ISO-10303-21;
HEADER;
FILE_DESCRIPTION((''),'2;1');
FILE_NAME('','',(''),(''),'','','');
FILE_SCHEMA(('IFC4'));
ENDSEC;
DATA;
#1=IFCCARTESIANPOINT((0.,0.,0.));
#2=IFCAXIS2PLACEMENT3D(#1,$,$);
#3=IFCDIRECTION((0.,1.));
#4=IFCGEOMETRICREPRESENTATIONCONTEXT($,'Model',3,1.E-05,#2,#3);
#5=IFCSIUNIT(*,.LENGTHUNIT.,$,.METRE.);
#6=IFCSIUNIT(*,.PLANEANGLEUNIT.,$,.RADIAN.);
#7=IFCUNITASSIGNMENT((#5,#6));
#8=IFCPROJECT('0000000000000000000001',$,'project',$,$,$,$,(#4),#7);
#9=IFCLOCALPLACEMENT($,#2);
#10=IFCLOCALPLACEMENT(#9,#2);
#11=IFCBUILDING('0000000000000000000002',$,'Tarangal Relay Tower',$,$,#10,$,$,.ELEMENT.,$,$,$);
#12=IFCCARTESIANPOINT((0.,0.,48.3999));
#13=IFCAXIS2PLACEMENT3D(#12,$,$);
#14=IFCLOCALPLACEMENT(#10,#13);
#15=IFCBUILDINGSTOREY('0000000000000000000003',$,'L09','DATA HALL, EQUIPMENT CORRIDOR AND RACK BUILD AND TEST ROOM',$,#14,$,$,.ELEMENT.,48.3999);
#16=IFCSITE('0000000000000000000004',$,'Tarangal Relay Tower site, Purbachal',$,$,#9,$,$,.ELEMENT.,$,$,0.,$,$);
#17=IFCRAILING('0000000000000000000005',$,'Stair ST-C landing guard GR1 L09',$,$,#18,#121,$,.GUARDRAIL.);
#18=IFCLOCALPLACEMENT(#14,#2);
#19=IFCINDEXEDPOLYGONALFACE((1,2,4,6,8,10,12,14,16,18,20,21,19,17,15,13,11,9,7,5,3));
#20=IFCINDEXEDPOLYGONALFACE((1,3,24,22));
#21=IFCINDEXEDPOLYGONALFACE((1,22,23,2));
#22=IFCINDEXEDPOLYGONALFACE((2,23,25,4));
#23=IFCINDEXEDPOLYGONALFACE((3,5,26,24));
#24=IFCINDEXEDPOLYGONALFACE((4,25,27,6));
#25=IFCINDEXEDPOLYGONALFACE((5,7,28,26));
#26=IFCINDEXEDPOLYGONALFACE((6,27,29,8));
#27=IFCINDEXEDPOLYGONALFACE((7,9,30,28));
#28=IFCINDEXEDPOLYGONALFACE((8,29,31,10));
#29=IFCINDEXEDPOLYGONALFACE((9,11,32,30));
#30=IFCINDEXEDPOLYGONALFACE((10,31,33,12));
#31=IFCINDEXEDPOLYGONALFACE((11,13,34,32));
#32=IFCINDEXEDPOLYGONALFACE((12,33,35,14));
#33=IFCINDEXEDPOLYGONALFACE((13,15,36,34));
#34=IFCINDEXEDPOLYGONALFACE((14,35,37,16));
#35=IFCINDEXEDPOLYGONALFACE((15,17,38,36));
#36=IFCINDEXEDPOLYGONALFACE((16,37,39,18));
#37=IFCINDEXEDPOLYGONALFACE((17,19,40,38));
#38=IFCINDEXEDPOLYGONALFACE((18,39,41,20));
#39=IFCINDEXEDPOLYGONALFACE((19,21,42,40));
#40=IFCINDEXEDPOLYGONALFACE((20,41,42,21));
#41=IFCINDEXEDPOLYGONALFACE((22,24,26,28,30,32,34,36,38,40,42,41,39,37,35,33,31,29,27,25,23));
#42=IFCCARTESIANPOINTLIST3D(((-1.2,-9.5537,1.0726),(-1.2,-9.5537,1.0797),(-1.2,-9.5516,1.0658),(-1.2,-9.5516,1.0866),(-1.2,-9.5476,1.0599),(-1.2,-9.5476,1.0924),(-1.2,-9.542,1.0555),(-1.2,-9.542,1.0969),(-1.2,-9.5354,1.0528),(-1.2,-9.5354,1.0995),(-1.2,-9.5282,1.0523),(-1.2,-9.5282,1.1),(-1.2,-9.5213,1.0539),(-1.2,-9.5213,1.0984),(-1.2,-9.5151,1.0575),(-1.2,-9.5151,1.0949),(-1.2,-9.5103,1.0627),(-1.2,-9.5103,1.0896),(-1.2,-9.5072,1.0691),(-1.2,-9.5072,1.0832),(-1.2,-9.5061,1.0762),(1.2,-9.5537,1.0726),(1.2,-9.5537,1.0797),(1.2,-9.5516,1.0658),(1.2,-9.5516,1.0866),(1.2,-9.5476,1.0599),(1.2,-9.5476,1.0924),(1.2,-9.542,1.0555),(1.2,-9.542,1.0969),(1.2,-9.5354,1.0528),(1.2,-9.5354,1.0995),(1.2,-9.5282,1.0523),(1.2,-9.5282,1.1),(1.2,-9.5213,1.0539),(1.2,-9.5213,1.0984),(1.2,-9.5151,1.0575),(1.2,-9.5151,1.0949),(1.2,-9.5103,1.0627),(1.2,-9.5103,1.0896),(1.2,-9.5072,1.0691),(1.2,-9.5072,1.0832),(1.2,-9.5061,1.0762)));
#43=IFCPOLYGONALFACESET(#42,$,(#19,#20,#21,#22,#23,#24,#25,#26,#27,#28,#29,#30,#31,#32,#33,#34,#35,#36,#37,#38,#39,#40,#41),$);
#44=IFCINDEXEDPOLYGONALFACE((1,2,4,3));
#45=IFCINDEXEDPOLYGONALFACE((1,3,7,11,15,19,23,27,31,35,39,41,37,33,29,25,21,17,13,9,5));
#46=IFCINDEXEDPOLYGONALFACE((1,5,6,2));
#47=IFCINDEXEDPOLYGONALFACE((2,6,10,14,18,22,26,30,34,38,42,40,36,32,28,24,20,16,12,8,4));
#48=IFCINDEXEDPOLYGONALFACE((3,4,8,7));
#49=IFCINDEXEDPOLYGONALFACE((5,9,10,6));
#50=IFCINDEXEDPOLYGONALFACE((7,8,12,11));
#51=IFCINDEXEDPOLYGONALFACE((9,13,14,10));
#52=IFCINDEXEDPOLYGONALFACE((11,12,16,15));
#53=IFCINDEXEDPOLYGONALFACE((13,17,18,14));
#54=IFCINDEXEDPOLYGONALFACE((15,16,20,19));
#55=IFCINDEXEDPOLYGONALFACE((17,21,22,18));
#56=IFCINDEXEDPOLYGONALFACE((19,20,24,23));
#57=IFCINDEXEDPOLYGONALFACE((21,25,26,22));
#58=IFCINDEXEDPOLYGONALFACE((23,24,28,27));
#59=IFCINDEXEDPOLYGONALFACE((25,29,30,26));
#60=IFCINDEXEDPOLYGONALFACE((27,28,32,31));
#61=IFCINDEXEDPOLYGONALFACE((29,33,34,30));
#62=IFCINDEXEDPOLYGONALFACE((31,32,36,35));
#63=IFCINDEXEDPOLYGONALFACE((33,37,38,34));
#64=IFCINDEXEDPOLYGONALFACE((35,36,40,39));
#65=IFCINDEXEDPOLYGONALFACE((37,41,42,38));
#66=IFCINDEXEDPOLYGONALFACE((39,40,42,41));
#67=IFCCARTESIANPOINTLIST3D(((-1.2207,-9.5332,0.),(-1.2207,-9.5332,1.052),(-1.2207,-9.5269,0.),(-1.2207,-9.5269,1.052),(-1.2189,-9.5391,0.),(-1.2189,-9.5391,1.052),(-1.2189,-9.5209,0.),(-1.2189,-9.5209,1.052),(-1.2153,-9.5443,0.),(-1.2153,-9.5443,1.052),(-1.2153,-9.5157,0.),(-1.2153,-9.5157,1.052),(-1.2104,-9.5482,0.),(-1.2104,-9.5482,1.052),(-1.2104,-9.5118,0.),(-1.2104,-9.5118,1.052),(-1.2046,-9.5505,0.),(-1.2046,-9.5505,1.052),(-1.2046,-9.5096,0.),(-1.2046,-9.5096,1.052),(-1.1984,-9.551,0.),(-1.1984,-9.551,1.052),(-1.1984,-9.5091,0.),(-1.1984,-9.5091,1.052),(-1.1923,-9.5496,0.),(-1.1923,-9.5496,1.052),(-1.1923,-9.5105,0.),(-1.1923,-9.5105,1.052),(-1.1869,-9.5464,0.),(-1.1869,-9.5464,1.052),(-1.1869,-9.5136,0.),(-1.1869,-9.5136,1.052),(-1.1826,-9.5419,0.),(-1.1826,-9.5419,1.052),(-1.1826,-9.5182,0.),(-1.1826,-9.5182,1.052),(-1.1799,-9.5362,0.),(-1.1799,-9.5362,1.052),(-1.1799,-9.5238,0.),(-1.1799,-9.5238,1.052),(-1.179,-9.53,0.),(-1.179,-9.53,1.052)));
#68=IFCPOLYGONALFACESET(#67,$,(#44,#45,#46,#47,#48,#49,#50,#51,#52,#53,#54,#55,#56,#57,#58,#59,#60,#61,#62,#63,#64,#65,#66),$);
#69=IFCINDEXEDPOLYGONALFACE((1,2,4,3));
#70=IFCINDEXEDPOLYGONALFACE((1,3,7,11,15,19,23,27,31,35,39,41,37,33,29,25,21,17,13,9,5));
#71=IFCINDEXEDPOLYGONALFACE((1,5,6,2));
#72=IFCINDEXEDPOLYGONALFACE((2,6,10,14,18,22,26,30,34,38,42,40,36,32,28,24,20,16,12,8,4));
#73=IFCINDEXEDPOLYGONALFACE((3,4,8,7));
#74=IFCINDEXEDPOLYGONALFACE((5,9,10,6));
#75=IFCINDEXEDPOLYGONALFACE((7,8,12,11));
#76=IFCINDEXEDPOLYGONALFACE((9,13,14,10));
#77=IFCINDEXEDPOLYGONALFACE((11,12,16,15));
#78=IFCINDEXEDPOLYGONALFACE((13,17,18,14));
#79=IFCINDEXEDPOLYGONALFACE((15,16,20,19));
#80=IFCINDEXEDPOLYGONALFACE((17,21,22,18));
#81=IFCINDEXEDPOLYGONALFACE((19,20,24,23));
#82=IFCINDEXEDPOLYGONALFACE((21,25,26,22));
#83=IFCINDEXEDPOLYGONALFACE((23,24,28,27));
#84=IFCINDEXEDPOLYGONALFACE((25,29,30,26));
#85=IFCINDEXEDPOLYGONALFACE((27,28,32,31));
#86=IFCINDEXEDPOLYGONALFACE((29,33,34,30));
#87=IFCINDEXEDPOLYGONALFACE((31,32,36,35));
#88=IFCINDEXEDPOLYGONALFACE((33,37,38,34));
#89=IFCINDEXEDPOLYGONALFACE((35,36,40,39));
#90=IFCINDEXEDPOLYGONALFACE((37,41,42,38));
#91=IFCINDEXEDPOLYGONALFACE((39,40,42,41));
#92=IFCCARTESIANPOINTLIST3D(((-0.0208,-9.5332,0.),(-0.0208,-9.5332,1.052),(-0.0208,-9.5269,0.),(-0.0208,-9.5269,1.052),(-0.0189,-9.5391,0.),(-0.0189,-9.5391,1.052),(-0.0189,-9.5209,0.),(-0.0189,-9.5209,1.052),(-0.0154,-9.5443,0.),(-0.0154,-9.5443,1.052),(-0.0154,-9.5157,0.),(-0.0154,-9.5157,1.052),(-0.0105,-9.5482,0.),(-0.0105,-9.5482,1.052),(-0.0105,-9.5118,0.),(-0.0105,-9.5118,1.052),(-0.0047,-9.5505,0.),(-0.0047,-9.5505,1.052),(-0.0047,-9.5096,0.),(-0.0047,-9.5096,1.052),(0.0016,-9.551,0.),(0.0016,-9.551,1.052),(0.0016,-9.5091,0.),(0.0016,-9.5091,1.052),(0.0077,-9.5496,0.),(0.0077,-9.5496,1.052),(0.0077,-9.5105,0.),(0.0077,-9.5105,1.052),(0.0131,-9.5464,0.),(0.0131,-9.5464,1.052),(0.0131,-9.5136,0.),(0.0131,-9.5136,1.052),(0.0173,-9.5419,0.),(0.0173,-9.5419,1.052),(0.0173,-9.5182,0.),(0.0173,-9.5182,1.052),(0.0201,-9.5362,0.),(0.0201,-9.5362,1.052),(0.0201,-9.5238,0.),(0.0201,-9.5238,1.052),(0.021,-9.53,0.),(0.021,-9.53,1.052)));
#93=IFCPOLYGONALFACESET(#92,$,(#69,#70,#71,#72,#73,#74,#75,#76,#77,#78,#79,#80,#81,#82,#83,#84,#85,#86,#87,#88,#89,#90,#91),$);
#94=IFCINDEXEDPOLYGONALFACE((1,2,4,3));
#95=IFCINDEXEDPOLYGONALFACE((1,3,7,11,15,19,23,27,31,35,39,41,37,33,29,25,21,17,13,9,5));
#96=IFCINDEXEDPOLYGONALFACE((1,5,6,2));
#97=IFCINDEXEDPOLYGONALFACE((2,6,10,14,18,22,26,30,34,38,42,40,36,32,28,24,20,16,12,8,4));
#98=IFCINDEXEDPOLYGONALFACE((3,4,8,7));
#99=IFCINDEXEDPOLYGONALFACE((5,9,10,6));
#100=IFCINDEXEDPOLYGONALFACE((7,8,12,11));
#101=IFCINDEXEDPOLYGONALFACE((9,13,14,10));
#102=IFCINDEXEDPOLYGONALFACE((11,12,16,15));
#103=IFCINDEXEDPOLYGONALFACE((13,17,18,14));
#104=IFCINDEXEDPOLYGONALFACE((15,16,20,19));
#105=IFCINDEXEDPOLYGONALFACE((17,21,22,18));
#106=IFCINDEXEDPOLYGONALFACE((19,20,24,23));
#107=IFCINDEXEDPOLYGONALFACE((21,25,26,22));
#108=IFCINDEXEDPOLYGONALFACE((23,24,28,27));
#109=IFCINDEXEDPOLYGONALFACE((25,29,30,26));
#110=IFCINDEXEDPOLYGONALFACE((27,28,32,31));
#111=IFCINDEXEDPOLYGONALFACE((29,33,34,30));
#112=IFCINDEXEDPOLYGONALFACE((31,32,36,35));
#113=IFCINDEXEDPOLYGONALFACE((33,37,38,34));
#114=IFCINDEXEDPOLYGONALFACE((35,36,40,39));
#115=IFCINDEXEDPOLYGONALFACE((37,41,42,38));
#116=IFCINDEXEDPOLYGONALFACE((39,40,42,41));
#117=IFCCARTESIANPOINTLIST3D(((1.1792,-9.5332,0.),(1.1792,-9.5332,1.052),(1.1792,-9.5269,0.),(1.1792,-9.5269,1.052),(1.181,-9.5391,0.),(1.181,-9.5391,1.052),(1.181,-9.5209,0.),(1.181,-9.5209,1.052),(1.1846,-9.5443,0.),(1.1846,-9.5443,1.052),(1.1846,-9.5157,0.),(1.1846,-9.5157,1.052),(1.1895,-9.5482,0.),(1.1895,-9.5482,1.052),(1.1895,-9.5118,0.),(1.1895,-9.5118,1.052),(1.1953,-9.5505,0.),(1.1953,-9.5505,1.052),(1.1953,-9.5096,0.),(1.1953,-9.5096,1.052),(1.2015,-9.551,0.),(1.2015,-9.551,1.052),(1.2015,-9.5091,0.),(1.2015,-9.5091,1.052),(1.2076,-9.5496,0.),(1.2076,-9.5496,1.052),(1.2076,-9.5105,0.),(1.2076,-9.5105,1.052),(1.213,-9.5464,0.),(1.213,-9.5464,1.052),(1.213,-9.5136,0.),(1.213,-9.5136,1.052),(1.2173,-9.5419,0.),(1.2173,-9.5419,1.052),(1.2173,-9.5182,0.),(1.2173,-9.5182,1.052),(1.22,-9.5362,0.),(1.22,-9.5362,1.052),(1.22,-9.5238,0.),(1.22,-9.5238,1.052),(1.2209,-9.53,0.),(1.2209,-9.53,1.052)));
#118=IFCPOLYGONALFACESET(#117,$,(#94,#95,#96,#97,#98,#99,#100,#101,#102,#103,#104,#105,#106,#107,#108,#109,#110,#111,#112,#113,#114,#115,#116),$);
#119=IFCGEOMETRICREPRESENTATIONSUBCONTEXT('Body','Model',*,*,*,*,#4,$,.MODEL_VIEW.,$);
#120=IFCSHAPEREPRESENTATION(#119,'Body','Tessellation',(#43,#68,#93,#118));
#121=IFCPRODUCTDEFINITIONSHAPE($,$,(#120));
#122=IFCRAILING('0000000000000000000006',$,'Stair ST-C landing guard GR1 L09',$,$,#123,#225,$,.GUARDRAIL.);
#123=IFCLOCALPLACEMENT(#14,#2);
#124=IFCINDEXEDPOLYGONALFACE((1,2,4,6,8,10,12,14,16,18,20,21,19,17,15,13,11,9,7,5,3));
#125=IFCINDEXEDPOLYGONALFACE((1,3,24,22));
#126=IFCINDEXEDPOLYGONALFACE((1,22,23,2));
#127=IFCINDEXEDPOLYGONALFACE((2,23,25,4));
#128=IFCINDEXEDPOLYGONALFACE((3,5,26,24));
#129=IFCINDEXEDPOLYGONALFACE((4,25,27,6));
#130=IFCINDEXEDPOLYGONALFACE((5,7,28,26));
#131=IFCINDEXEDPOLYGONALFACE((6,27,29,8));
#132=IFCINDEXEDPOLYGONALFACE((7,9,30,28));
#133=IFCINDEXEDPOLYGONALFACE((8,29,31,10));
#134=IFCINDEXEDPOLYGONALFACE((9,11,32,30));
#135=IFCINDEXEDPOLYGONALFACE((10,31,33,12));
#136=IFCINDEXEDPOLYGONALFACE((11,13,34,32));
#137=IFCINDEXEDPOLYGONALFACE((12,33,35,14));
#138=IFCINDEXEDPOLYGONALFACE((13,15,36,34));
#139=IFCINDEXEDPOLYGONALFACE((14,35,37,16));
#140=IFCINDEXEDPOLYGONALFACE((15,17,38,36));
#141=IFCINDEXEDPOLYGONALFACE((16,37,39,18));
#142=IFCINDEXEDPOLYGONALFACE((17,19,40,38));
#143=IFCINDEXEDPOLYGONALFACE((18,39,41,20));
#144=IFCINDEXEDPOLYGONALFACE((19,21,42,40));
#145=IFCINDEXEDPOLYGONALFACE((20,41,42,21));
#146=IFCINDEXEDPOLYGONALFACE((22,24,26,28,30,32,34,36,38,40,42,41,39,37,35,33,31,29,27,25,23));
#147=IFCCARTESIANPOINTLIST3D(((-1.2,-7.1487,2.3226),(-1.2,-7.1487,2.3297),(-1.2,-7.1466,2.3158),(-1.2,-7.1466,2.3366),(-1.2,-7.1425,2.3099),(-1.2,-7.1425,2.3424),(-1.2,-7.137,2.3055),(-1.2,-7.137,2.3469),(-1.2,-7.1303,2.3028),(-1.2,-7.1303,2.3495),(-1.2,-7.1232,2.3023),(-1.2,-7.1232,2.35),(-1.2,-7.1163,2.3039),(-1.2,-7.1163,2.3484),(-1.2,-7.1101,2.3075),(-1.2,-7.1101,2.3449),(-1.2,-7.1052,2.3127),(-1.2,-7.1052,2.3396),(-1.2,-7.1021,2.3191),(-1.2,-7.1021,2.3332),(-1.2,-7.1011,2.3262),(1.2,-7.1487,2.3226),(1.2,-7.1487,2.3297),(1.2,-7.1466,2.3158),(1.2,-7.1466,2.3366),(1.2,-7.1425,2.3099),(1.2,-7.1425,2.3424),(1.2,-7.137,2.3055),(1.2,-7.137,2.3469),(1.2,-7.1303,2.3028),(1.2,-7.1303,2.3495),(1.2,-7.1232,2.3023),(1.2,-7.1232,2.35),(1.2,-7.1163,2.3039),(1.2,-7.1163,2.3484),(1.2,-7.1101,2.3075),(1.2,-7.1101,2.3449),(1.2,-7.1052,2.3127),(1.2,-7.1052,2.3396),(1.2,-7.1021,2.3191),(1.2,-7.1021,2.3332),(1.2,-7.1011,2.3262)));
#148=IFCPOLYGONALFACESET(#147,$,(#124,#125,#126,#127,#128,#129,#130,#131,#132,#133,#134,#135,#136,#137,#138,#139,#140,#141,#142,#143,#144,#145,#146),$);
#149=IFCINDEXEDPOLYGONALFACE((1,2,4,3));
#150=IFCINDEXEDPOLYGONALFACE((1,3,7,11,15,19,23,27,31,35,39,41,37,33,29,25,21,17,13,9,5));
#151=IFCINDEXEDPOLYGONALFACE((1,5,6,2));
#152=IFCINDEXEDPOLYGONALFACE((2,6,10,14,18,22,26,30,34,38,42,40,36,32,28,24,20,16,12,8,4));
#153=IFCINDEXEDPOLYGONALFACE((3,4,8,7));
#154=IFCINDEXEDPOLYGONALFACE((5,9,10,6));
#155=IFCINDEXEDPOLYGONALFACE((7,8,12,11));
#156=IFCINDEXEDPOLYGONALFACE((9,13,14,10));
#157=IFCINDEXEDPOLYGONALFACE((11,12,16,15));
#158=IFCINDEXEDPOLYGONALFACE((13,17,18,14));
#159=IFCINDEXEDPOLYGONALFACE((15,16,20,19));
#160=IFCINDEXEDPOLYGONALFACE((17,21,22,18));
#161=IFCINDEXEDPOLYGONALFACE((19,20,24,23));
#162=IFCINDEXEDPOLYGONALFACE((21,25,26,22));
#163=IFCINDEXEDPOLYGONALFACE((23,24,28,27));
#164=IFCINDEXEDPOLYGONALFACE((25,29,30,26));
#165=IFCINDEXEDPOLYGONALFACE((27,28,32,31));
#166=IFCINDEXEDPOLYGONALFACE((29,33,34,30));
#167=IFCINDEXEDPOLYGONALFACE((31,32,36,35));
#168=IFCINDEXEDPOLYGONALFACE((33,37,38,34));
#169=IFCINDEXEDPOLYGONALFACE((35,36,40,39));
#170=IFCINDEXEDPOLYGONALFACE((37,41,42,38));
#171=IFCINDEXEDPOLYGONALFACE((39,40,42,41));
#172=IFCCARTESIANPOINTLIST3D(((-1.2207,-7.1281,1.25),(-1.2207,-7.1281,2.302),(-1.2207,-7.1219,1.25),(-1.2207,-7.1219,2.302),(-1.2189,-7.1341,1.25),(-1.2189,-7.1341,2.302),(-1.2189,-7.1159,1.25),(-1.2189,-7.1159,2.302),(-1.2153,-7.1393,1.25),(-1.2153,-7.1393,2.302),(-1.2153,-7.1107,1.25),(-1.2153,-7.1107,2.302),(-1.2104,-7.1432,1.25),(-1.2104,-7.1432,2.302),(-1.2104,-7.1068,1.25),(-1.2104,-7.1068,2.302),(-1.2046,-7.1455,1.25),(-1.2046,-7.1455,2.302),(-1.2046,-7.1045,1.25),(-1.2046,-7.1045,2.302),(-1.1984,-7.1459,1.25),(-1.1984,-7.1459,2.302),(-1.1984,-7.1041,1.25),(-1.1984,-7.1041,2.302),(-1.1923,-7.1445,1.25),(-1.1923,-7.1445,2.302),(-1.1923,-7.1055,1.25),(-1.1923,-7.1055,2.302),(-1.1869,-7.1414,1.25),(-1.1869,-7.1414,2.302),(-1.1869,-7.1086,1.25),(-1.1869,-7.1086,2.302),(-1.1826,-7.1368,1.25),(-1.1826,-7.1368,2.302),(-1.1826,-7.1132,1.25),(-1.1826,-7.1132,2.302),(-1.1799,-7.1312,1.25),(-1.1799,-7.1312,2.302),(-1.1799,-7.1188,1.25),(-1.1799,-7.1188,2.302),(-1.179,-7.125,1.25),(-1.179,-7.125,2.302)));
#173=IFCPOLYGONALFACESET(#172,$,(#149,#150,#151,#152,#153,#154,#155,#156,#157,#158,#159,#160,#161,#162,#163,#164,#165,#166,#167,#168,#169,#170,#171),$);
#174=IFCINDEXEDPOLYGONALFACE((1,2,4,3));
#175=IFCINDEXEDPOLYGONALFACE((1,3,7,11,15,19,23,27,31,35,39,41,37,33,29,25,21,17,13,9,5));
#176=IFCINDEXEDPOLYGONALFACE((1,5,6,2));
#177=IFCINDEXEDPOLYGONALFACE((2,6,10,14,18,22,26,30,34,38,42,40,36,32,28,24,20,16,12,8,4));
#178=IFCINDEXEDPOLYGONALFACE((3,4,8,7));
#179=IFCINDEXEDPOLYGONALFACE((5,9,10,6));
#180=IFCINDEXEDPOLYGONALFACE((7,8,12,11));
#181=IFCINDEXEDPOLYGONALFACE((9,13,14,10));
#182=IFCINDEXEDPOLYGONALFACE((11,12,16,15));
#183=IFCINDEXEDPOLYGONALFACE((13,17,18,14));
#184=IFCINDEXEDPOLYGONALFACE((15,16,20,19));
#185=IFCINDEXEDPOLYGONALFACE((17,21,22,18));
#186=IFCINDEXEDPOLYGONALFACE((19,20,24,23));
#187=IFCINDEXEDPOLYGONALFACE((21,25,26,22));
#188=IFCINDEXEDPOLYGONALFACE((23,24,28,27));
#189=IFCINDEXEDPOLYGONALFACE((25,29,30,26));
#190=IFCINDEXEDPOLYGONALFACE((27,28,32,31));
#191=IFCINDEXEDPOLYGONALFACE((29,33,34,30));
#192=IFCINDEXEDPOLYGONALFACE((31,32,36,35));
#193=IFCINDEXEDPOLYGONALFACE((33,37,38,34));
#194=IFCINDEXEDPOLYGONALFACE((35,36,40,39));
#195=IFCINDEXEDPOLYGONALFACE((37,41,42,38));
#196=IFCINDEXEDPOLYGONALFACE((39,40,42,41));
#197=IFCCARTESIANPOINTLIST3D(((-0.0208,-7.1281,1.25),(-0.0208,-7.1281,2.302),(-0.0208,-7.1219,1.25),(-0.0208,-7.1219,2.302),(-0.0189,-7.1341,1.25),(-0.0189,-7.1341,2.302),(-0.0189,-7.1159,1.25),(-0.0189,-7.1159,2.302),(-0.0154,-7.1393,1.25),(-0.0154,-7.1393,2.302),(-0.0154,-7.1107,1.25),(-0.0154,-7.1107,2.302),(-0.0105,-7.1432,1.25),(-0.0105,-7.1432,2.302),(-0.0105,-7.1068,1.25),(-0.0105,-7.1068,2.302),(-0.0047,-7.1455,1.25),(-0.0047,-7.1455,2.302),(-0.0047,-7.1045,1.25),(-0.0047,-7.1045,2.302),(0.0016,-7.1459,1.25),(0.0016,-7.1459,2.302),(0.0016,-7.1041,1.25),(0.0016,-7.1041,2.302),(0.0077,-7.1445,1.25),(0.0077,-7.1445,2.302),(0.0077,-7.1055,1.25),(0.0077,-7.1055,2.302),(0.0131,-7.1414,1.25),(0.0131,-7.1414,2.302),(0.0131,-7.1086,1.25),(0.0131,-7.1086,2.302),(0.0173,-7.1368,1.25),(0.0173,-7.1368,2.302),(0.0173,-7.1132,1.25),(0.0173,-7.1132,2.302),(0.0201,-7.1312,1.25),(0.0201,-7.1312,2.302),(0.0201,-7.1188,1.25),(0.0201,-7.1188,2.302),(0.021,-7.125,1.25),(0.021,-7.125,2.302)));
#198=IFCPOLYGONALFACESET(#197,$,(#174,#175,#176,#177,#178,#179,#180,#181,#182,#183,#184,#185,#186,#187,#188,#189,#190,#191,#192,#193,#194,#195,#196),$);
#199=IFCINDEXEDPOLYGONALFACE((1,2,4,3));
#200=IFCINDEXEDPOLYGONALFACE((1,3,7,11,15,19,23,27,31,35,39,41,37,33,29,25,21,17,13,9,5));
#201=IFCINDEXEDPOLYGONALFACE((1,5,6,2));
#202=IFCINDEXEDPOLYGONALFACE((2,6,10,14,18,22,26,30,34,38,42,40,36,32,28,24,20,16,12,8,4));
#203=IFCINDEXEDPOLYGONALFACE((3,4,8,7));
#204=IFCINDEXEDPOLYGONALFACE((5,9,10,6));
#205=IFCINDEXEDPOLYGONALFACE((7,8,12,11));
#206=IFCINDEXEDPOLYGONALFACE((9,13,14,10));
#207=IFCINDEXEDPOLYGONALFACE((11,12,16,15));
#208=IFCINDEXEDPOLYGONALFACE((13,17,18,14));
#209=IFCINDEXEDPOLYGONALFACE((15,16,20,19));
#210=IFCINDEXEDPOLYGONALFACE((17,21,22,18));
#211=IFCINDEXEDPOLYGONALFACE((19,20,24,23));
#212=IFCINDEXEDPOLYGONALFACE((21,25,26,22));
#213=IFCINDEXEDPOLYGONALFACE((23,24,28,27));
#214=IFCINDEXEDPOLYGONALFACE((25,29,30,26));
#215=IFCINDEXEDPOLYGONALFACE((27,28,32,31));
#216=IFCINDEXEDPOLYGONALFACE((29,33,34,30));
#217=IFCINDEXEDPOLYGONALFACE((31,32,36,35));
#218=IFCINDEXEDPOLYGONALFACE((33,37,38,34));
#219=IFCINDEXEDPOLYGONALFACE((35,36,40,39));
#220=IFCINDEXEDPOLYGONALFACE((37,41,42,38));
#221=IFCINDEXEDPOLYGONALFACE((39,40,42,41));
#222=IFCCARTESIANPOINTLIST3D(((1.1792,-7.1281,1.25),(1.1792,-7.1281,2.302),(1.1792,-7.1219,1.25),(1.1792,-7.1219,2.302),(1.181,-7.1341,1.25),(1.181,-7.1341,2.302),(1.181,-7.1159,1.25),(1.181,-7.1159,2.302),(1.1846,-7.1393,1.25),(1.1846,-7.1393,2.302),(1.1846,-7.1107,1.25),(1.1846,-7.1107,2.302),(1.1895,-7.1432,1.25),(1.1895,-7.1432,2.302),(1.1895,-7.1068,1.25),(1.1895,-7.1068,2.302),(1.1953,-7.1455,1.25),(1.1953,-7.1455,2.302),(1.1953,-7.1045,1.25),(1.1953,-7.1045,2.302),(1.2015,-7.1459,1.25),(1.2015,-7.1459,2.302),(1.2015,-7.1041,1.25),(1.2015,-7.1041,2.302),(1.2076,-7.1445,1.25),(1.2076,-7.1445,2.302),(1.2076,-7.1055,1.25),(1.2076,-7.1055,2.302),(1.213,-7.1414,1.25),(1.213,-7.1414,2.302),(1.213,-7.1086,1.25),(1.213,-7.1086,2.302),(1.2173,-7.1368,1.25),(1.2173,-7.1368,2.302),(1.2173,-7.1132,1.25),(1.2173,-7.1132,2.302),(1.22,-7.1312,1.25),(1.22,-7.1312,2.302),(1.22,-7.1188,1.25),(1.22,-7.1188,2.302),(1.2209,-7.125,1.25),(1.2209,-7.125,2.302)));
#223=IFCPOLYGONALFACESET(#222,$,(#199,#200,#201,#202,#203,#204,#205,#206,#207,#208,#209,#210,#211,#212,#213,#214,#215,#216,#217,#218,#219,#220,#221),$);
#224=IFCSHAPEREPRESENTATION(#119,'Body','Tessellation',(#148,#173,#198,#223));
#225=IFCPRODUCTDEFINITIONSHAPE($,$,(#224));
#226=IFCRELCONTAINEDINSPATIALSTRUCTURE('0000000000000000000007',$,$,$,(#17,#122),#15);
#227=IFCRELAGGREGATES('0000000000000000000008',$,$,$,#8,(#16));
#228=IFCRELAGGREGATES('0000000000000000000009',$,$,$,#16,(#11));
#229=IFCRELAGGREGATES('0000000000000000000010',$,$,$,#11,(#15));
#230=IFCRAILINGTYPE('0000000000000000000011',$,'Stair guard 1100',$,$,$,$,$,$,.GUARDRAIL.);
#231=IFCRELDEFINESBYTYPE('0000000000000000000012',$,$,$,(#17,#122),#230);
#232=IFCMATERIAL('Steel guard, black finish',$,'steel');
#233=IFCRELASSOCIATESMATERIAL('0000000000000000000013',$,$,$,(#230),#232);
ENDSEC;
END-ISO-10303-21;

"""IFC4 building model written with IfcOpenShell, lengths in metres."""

from ifc_helpers import new_model, si_unit, direction, frame, origin, origin_2d, place, context, subcontext, project, spatial, circle, extrude, material, type_object, element, save


model = new_model("IFC4")

# Units and contexts
model_context = context("Model", 3, precision=1e-05, world=origin(), true_north=direction((0.0, 1.0)))
body_context = subcontext(model_context, "Body", "Model", "MODEL_VIEW")
ifc_project = project(units=[si_unit("LENGTHUNIT", "METRE"), si_unit("PLANEANGLEUNIT", "RADIAN")], contexts=[model_context])

# Site, building, storey
site_placement = place(None, origin())
site = spatial("IfcSite", under=ifc_project, at=site_placement, Name="Tarangal Relay Tower site, Purbachal", CompositionType="ELEMENT", RefElevation=0.0)
building_placement = place(site_placement, origin())
building = spatial("IfcBuilding", under=site, at=building_placement, Name="Tarangal Relay Tower", CompositionType="ELEMENT")
storey_placement = place(building_placement, frame((0.0, 0.0, 48.3999)))
storey = spatial("IfcBuildingStorey", under=building, at=storey_placement, Name="L09", Description="DATA HALL, EQUIPMENT CORRIDOR AND RACK BUILD AND TEST ROOM", CompositionType="ELEMENT", Elevation=48.3999)

# Railings
ifc_material_1 = material(Name="Steel guard, black finish", Category="steel")
railing_type_1 = type_object("IfcRailingType", Name="Stair guard 1100", PredefinedType="GUARDRAIL", material=ifc_material_1)
for number, where, name in (
    (1, (-1.2, -9.53, 0.0), "Stair ST-C landing guard GR1 L09"),
    (2, (-1.2, -7.125, 1.25), "Stair ST-C landing guard GR1 L09"),
):
    element("IfcRailing", number, at=place(storey_placement, frame(where)), inside=storey, type_object=railing_type_1, Name=name, PredefinedType="GUARDRAIL", context=body_context, shape_type="SweptSolid", body=[
        extrude(circle(Radius=0.0239, at=origin_2d()), frame((0.0, 0.0, 1.0762), z_axis=(1.0, 0.0, 0.0), x_axis=(0.0, 1.0, 0.0)), (0.0, 0.0, 1.0), 2.3999),
        extrude(circle(Radius=0.021, at=origin_2d()), origin(), (0.0, 0.0, 1.0), 1.052),
        extrude(circle(Radius=0.021, at=origin_2d()), frame((1.2, 0.0, 0.0)), (0.0, 0.0, 1.0), 1.052),
        extrude(circle(Radius=0.021, at=origin_2d()), frame((2.3999, 0.0, 0.0)), (0.0, 0.0, 1.0), 1.052),
    ])

save(model, "model.ifc")
